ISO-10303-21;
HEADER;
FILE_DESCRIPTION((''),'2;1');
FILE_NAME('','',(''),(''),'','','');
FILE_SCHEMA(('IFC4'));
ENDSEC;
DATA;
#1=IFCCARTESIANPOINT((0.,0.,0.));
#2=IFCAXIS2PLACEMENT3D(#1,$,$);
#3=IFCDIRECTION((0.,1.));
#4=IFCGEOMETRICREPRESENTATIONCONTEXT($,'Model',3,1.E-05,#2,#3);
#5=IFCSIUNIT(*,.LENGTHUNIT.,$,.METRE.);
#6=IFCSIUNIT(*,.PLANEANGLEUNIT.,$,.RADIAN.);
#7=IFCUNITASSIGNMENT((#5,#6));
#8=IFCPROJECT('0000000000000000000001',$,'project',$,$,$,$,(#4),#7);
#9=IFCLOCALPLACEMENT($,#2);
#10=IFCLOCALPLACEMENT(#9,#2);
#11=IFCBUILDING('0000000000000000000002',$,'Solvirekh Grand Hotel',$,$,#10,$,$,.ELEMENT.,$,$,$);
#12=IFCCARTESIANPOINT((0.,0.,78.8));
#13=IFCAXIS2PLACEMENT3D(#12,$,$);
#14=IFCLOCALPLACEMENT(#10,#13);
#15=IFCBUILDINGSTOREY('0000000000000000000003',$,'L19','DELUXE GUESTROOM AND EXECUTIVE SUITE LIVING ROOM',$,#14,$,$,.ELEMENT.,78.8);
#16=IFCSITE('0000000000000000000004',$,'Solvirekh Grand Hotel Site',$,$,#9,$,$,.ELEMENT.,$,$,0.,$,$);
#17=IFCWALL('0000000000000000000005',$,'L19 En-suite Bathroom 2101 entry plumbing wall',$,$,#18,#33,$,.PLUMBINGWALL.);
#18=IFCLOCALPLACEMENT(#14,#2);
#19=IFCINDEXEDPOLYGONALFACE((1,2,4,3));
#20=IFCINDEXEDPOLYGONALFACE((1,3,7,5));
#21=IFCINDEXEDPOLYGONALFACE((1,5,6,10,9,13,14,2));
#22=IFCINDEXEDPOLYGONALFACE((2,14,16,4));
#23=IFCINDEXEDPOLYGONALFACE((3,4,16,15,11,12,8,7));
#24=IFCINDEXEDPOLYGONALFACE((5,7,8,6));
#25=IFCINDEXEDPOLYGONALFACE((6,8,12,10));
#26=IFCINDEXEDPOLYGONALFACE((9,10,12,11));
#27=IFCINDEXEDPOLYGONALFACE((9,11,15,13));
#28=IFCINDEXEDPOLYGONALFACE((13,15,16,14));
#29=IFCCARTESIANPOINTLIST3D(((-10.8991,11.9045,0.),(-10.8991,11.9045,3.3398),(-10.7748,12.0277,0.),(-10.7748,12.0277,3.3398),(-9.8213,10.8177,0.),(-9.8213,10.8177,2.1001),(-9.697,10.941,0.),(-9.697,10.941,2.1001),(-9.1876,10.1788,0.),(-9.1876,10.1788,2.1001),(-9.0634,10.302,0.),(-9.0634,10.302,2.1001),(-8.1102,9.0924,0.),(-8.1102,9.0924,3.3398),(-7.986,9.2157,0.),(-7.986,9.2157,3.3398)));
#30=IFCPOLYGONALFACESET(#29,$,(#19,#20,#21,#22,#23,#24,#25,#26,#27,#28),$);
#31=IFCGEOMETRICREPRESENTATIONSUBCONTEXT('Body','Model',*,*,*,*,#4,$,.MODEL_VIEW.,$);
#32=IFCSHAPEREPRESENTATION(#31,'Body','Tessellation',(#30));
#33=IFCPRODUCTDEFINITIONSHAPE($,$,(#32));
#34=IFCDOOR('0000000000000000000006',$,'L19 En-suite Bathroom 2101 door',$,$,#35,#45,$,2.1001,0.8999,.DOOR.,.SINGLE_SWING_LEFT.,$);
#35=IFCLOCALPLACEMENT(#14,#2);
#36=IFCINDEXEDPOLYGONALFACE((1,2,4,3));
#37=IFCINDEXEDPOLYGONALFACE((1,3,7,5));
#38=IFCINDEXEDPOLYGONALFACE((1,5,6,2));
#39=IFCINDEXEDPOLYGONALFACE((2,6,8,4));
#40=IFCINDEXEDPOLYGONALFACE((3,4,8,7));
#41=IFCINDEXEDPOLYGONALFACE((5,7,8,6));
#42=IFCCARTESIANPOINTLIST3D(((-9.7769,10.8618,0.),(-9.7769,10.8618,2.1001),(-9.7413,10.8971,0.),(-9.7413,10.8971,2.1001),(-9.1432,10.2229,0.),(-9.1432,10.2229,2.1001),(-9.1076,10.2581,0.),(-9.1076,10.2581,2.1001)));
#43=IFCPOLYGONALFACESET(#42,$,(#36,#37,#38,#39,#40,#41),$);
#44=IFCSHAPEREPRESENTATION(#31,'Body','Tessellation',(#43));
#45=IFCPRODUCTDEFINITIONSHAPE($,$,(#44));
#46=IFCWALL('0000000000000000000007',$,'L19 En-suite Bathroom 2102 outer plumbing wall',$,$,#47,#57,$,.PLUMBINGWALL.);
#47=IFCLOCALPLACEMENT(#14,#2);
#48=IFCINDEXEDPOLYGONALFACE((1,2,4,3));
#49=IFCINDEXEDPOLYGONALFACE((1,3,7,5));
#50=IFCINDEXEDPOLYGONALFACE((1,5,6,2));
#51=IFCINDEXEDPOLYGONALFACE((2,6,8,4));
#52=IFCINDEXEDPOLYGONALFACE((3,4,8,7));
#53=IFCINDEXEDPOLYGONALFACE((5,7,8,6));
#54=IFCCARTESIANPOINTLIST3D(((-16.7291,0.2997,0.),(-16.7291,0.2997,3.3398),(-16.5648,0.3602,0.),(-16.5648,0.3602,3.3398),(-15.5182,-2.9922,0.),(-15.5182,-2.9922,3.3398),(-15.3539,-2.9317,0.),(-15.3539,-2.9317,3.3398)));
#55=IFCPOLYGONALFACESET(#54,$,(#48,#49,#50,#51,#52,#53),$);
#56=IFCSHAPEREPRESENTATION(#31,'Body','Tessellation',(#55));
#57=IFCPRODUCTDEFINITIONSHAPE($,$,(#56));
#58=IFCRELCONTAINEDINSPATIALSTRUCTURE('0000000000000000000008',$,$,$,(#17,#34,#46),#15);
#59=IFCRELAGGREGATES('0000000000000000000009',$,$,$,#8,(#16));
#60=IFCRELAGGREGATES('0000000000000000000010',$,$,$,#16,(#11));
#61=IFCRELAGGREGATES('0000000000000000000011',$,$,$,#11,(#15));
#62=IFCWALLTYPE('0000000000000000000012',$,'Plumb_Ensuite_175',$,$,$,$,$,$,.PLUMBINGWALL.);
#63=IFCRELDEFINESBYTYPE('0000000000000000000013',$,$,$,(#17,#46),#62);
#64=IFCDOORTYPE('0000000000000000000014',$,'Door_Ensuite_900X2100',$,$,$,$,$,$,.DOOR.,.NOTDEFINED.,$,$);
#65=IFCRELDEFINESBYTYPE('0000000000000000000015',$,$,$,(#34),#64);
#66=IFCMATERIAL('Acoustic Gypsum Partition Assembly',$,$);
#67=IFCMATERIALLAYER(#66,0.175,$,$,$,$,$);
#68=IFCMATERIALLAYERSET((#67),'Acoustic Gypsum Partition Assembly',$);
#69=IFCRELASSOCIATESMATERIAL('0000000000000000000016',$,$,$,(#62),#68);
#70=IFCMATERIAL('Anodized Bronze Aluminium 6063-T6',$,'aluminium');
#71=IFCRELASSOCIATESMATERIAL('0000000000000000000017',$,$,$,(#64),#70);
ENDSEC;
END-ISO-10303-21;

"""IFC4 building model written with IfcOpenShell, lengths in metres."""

from ifc_helpers import new_model, si_unit, direction, frame, frame_2d, origin, place, context, subcontext, project, spatial, rectangle, extrude, material, layer, layer_set, type_object, element, fill, save


model = new_model("IFC4")

# Units and contexts
model_context = context("Model", 3, precision=1e-05, world=origin(), true_north=direction((0.0, 1.0)))
body_context = subcontext(model_context, "Body", "Model", "MODEL_VIEW")
ifc_project = project(units=[si_unit("LENGTHUNIT", "METRE"), si_unit("PLANEANGLEUNIT", "RADIAN")], contexts=[model_context])

# Site, building, storey
site_placement = place(None, origin())
site = spatial("IfcSite", under=ifc_project, at=site_placement, Name="Solvirekh Grand Hotel Site", CompositionType="ELEMENT", RefElevation=0.0)
building_placement = place(site_placement, origin())
building = spatial("IfcBuilding", under=site, at=building_placement, Name="Solvirekh Grand Hotel", CompositionType="ELEMENT")
storey_placement = place(building_placement, frame((0.0, 0.0, 78.8)))
storey = spatial("IfcBuildingStorey", under=building, at=storey_placement, Name="L19", Description="DELUXE GUESTROOM AND EXECUTIVE SUITE LIVING ROOM", CompositionType="ELEMENT", Elevation=78.8)

# Shared definitions
ifc_material_1 = material(Name="Anodized Bronze Aluminium 6063-T6", Category="aluminium")

# Shared definitions
ifc_material_2 = material(Name="Acoustic Gypsum Partition Assembly")

# Wall, opening, door
ifc_layer_1 = layer(ifc_material_2, 0.175)
ifc_layer_set_1 = layer_set([ifc_layer_1], Name="Acoustic Gypsum Partition Assembly")
wall_type_1 = type_object("IfcWallType", Name="Plumb_Ensuite_175", PredefinedType="PLUMBINGWALL", material=ifc_layer_set_1)
wall_1_placement = place(storey_placement, frame((-8.0481, 9.1541, 0.0), z_axis=(0.0, 0.0, 1.0), x_axis=(-0.704173, 0.710029, 0.0)))
wall_1 = element("IfcWall", 1, at=wall_1_placement, inside=storey, type_object=wall_type_1, Name="L19 En-suite Bathroom 2101 entry plumbing wall", PredefinedType="PLUMBINGWALL", context=body_context, shape_type="SweptSolid", body=[
    extrude(rectangle(XDim=3.9604, YDim=0.175, at=frame_2d((1.9802, 0.0))), origin(), (0.0, 0.0, 1.0), 3.3398),
])
opening_placement = place(wall_1_placement, frame((1.53, 0.0, 0.0)))
opening = element("IfcOpeningElement", 2, at=opening_placement, cuts=wall_1, PredefinedType="OPENING", context=body_context, shape_type="SweptSolid", body=[
    extrude(rectangle(XDim=0.8999, YDim=2.1001, at=frame_2d((0.45, 1.05))), frame((0.0, 0.0977, 0.0), z_axis=(0.0, -1.0, 0.0), x_axis=(1.0, 0.0, 0.0)), (0.0, 0.0, 1.0), 0.1951),
])
door_type = type_object("IfcDoorType", Name="Door_Ensuite_900X2100", OperationType="NOTDEFINED", PredefinedType="DOOR", material=ifc_material_1)
door_placement = place(opening_placement, origin())
door = element("IfcDoor", 3, at=door_placement, inside=storey, type_object=door_type, Name="L19 En-suite Bathroom 2101 door", OperationType="SINGLE_SWING_LEFT", OverallHeight=2.1001, OverallWidth=0.8999, PredefinedType="DOOR", context=body_context, shape_type="SweptSolid", body=[
    extrude(rectangle(XDim=0.8999, YDim=2.1001, at=frame_2d((0.45, 1.05))), frame((0.0, 0.0249, 0.0), z_axis=(0.0, -1.0, 0.0), x_axis=(1.0, 0.0, 0.0)), (0.0, 0.0, 1.0), 0.05),
])
fill(opening, door)

# Wall
wall_2_placement = place(storey_placement, frame((-16.647, 0.3301, 0.0), z_axis=(0.0, 0.0, 1.0), x_axis=(0.345228, -0.938519, 0.0)))
element("IfcWall", 4, at=wall_2_placement, inside=storey, type_object=wall_type_1, Name="L19 En-suite Bathroom 2102 outer plumbing wall", PredefinedType="PLUMBINGWALL", context=body_context, shape_type="SweptSolid", body=[
    extrude(rectangle(XDim=3.5076, YDim=0.175, at=frame_2d((1.7539, 0.0))), origin(), (0.0, 0.0, 1.0), 3.3398),
])

save(model, "model.ifc")
